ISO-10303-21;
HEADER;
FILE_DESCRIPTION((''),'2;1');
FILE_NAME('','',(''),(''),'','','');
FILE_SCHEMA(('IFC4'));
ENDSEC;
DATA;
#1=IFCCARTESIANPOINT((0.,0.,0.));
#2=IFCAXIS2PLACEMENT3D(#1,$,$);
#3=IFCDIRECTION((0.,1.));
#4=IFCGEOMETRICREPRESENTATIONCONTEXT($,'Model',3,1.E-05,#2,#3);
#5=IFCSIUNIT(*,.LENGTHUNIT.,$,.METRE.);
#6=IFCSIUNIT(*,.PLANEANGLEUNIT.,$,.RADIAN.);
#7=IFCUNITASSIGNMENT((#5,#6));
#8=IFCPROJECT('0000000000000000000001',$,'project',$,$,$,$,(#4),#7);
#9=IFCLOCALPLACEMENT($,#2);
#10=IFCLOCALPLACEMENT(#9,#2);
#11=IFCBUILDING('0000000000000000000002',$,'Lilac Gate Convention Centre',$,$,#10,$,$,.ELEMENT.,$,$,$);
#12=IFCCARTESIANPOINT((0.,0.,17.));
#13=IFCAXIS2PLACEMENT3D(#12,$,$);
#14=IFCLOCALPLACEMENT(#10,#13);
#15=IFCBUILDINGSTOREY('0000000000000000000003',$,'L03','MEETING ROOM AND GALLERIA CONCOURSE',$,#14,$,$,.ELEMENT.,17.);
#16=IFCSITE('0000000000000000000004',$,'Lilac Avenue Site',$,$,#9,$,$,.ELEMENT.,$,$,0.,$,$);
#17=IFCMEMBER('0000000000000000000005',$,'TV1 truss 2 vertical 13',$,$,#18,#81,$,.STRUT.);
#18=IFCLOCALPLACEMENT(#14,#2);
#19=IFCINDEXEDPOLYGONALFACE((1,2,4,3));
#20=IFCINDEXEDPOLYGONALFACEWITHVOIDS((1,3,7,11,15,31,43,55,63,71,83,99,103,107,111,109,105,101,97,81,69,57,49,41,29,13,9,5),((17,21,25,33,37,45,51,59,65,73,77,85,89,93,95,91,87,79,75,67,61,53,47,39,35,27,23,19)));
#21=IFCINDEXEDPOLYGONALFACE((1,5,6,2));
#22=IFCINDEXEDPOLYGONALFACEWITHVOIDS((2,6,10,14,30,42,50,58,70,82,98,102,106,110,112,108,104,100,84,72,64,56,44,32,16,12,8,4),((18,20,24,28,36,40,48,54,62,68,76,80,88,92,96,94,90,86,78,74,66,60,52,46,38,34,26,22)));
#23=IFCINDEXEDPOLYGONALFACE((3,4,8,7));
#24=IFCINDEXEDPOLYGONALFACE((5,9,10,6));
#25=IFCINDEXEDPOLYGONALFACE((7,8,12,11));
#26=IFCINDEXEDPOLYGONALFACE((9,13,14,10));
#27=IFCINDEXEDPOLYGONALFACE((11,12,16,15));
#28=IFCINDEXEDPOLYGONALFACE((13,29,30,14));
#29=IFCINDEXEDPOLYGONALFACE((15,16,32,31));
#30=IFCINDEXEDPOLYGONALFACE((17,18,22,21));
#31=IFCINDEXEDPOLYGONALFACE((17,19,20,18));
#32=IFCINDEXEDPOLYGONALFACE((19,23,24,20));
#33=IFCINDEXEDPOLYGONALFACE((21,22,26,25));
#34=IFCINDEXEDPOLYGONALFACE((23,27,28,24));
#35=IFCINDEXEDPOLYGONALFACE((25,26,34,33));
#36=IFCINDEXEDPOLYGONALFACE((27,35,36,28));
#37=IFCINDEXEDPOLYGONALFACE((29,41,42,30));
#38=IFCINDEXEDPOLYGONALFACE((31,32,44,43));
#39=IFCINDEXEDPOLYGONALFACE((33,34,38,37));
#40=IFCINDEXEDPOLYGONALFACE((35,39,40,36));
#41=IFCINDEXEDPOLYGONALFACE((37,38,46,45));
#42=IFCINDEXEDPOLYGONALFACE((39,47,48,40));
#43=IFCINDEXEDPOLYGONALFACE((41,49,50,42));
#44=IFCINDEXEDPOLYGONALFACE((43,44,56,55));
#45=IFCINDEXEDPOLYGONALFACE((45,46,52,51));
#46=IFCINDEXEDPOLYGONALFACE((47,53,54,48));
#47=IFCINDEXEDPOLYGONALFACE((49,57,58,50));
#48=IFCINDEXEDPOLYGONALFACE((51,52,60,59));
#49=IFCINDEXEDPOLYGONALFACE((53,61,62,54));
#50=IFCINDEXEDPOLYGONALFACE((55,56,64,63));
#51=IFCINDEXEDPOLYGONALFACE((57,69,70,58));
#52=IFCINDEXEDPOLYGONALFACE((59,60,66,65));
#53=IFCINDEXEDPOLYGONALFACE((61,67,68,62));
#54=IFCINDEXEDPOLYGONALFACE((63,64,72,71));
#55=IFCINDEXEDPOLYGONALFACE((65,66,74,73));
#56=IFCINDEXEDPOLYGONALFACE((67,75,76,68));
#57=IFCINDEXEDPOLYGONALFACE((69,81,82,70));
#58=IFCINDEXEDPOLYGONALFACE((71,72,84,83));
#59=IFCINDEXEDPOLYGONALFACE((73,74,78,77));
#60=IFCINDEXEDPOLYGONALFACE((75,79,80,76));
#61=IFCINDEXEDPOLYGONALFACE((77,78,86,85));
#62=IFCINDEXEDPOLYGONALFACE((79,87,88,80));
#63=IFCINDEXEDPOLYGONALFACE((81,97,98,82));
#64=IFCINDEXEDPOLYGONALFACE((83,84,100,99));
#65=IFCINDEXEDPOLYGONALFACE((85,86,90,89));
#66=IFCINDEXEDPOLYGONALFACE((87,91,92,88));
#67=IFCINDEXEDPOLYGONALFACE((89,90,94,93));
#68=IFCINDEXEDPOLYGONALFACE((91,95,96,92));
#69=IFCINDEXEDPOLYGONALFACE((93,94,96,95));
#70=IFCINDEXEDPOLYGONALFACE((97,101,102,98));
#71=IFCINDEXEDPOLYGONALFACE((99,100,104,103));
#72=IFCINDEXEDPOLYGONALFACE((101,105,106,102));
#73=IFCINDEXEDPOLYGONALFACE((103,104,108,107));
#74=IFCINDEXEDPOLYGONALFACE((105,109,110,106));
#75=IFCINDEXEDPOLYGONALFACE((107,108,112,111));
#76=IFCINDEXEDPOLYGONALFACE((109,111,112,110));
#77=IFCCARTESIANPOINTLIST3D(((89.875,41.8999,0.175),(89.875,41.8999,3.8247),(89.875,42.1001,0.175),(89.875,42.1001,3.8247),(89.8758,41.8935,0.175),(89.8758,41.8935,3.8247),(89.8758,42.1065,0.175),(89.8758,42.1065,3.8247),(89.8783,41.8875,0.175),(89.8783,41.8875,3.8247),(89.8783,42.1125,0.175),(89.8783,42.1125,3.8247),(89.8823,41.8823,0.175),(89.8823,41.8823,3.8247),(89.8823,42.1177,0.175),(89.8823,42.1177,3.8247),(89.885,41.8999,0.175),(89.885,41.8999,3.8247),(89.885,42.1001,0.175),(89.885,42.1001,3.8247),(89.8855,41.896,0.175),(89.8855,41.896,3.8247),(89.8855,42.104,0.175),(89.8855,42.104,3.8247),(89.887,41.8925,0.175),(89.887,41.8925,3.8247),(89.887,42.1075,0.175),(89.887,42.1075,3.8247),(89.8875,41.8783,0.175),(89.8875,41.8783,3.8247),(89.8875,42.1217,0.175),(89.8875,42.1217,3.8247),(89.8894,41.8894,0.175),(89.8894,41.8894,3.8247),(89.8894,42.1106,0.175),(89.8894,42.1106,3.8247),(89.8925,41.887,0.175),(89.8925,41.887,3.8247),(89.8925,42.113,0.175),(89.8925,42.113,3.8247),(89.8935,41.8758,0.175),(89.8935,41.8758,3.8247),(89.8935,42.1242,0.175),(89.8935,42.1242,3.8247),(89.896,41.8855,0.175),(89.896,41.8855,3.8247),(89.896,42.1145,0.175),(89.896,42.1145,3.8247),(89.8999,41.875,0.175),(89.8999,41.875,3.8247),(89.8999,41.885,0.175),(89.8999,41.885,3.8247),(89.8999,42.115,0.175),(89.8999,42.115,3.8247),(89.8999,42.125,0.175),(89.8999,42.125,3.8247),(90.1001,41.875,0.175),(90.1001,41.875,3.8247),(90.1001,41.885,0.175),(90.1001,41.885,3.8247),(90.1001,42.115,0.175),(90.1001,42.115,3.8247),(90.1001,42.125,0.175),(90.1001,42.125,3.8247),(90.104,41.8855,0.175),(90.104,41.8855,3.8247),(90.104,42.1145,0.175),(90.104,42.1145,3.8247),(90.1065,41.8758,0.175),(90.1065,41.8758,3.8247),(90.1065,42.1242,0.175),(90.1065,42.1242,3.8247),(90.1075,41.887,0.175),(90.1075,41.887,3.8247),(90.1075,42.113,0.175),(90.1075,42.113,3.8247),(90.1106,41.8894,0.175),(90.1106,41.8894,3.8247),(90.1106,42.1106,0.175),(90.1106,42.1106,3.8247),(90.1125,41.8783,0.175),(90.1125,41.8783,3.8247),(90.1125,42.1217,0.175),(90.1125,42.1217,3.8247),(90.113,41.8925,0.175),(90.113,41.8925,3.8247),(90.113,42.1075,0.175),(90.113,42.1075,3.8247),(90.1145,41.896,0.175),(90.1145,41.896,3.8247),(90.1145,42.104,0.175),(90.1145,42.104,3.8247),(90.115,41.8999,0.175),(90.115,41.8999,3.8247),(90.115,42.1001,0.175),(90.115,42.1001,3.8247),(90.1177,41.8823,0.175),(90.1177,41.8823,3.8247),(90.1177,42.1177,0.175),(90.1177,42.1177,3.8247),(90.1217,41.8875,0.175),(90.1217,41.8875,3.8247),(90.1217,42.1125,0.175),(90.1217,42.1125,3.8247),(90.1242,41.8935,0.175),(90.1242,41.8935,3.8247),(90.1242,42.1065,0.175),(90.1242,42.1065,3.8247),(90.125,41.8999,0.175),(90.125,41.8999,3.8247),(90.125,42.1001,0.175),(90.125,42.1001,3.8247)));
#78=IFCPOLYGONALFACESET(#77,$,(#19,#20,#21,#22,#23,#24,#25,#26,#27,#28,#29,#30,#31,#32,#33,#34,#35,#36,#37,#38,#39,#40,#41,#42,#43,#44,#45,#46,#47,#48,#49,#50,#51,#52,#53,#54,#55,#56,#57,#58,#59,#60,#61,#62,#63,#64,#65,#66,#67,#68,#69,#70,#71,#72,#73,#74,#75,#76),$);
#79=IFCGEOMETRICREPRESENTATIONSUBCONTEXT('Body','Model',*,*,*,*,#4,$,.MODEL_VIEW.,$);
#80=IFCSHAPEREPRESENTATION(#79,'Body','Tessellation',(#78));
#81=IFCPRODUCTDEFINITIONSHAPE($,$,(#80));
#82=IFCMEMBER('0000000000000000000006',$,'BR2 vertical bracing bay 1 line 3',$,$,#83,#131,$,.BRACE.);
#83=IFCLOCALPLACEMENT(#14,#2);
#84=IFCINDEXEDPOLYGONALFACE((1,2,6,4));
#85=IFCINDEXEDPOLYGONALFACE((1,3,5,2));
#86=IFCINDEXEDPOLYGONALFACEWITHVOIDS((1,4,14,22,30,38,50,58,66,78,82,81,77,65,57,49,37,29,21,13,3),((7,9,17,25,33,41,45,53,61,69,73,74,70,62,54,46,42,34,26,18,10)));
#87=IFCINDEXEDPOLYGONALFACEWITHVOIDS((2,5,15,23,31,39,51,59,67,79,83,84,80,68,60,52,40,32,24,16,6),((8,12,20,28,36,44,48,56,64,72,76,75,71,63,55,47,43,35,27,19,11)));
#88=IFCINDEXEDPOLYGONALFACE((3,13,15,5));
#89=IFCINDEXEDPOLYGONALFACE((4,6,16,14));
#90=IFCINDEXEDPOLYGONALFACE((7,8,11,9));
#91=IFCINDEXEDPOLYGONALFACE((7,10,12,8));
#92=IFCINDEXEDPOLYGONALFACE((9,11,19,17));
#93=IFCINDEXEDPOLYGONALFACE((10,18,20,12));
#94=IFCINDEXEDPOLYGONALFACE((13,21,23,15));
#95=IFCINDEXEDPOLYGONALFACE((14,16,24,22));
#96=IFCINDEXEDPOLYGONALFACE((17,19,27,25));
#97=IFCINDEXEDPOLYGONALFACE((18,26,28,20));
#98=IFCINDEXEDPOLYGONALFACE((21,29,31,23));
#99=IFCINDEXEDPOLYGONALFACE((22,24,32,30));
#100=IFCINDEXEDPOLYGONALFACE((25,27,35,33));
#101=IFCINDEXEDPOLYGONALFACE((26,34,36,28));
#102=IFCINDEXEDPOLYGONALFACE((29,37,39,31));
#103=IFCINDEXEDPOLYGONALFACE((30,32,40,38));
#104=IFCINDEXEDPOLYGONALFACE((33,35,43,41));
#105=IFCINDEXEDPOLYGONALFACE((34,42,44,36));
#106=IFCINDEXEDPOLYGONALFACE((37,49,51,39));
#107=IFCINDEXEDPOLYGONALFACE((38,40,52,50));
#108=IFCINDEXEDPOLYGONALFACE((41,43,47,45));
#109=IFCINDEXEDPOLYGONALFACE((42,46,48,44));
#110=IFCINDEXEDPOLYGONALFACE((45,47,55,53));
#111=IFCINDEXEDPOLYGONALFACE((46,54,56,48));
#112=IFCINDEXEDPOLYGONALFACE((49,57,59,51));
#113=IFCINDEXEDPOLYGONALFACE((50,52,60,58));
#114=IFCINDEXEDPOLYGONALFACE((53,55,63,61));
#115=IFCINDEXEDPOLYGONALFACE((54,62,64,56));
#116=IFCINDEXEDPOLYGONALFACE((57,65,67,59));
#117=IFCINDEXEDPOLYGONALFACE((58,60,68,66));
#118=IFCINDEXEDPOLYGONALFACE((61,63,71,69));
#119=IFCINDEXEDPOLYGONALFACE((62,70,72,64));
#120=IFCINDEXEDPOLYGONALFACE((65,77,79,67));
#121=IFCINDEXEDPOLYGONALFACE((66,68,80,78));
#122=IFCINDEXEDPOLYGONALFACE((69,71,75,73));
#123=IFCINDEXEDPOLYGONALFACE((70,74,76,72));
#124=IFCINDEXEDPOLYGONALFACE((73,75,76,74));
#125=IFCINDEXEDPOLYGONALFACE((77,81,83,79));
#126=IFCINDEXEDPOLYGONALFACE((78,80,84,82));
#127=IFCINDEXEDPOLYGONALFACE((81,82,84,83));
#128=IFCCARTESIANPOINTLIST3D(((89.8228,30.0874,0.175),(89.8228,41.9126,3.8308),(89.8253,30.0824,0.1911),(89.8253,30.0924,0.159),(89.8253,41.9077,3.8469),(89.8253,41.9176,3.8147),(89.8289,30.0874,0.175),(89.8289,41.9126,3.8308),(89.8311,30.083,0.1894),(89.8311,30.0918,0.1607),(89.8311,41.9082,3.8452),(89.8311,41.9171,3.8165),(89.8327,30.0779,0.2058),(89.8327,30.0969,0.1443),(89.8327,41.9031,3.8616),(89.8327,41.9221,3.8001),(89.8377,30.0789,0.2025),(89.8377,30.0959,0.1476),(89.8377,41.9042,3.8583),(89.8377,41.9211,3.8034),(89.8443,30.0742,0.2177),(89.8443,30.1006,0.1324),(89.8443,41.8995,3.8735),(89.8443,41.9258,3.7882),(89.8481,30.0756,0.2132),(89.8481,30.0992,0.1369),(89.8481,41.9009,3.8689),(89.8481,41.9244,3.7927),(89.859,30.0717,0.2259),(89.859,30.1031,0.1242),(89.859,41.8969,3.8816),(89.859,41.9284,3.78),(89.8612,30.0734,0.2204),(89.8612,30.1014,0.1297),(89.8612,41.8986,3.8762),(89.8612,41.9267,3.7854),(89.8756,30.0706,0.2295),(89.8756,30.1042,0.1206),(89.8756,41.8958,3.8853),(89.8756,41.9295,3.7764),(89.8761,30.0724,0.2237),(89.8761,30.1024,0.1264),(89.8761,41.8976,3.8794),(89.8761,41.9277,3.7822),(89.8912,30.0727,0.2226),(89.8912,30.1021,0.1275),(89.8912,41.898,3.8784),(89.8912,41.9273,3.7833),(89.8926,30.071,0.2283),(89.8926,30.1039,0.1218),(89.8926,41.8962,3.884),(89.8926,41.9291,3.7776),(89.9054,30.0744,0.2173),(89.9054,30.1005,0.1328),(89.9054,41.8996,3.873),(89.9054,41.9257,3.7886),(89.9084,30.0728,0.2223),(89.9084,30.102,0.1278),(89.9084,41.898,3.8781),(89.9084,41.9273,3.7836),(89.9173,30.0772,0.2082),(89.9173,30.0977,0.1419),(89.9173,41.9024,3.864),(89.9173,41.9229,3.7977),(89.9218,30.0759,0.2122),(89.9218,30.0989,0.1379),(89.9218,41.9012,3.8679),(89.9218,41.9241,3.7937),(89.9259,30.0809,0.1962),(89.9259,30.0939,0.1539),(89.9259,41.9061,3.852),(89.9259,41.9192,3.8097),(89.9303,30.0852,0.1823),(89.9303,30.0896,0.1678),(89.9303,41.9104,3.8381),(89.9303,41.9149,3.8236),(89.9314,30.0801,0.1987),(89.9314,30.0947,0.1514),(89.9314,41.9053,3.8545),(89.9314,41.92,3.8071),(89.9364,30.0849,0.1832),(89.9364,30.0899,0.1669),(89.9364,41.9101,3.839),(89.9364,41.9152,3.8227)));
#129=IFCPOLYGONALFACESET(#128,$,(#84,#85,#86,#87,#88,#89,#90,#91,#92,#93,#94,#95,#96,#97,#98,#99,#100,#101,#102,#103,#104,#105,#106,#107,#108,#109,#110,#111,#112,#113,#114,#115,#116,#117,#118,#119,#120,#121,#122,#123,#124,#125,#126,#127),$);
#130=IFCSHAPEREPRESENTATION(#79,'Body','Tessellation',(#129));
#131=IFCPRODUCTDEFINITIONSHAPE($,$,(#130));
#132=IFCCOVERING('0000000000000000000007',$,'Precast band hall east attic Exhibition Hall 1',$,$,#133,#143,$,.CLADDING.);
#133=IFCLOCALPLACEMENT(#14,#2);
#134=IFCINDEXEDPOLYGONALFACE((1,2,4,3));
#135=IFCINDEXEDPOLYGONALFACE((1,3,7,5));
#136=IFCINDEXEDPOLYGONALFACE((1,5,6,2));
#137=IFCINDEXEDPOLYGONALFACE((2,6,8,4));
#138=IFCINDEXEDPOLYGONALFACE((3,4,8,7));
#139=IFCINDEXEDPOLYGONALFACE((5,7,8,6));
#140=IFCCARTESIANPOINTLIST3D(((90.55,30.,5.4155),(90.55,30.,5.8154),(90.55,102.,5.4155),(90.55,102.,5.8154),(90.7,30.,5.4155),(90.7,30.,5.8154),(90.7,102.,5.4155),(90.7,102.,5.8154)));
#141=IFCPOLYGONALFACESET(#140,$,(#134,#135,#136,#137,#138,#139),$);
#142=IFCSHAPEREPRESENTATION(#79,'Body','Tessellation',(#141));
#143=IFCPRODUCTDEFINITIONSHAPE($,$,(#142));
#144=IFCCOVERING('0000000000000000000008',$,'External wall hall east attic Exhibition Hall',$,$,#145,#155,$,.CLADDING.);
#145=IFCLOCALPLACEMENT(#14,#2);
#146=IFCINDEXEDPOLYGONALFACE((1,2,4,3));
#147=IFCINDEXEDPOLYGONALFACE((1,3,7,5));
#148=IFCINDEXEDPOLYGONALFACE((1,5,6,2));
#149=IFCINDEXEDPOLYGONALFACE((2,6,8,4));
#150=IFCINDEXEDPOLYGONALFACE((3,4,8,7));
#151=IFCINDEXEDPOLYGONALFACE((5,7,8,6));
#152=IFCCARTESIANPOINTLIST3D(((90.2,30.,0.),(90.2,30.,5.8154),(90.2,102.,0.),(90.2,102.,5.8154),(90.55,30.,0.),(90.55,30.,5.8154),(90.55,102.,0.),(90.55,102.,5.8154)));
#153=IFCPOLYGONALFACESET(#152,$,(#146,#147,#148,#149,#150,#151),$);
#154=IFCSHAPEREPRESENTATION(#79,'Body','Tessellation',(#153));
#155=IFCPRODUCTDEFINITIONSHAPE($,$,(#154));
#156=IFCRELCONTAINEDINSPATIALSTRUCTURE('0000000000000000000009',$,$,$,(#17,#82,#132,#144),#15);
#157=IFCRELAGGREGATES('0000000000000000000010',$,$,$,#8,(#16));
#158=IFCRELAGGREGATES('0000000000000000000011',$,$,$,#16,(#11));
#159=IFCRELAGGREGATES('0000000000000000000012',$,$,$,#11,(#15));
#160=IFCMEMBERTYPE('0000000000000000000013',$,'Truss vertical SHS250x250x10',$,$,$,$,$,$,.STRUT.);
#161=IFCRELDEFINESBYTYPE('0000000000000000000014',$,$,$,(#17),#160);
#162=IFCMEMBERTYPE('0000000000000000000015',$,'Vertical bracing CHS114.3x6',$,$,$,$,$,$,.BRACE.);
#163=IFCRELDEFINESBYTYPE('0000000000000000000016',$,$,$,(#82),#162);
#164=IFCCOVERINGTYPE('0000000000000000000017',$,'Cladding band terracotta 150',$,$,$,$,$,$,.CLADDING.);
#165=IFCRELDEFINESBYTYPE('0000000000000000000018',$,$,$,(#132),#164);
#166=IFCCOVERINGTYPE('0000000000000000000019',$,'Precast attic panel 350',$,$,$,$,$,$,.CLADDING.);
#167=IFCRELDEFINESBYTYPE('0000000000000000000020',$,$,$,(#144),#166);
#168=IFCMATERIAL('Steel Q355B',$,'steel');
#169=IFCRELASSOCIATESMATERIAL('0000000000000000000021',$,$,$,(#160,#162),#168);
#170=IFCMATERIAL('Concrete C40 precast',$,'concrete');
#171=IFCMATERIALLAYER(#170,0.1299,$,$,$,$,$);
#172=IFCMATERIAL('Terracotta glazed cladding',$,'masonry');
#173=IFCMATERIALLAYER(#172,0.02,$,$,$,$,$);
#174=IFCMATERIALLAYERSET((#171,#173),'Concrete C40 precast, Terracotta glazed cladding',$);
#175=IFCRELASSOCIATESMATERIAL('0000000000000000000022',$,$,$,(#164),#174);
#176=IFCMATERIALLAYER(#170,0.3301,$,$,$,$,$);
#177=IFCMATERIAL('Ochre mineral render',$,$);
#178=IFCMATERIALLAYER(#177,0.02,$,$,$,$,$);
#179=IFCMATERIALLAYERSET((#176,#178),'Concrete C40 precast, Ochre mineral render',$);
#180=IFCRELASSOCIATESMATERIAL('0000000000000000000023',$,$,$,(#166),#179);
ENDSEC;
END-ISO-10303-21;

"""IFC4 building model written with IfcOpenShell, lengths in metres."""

from ifc_helpers import new_model, si_unit, direction, frame, frame_2d, origin, origin_2d, place, context, subcontext, project, spatial, rectangle, hollow_rectangle, hollow_circle, extrude, material, layer, layer_set, material_profile, profile_set, type_object, element, save


model = new_model("IFC4")

# Units and contexts
model_context = context("Model", 3, precision=1e-05, world=origin(), true_north=direction((0.0, 1.0)))
body_context = subcontext(model_context, "Body", "Model", "MODEL_VIEW")
ifc_project = project(units=[si_unit("LENGTHUNIT", "METRE"), si_unit("PLANEANGLEUNIT", "RADIAN")], contexts=[model_context])

# Site, building, storey
site_placement = place(None, origin())
site = spatial("IfcSite", under=ifc_project, at=site_placement, Name="Lilac Avenue Site", CompositionType="ELEMENT", RefElevation=0.0)
building_placement = place(site_placement, origin())
building = spatial("IfcBuilding", under=site, at=building_placement, Name="Lilac Gate Convention Centre", CompositionType="ELEMENT")
storey_placement = place(building_placement, frame((0.0, 0.0, 17.0)))
storey = spatial("IfcBuildingStorey", under=building, at=storey_placement, Name="L03", Description="MEETING ROOM AND GALLERIA CONCOURSE", CompositionType="ELEMENT", Elevation=17.0)

# Members
ifc_material_1 = material(Name="Steel Q355B", Category="steel")
ifc_material_profile_1 = material_profile(ifc_material_1, hollow_rectangle(XDim=0.25, YDim=0.25, WallThickness=0.01, InnerFilletRadius=0.0149, OuterFilletRadius=0.0249, at=origin_2d()), Name="SHS250x250x10")
ifc_profile_set_1 = profile_set([ifc_material_profile_1], Name="Steel Q355B")
member_type_1 = type_object("IfcMemberType", Name="Truss vertical SHS250x250x10", PredefinedType="STRUT", material=ifc_profile_set_1)
for number, where, z_axis, x_axis, name in (
    (1, (90.0, 42.0, 0.175), (0.0, 0.0, 1.0), (1.0, 0.0, 0.0), "TV1 truss 2 vertical 13"),
):
    element("IfcMember", number, at=place(storey_placement, frame(where, z_axis=z_axis, x_axis=x_axis)), inside=storey, type_object=member_type_1, Name=name, PredefinedType="STRUT", context=body_context, shape_type="SweptSolid", body=[
        extrude(hollow_rectangle(XDim=0.25, YDim=0.25, WallThickness=0.01, InnerFilletRadius=0.0149, OuterFilletRadius=0.0249, at=origin_2d()), origin(), (0.0, 0.0, 1.0), 3.6497),
    ])
ifc_material_profile_2 = material_profile(ifc_material_1, hollow_circle(Radius=0.0571, WallThickness=0.0061, at=origin_2d()), Name="CHS114.3x6")
ifc_profile_set_2 = profile_set([ifc_material_profile_2], Name="Steel Q355B")
member_type_2 = type_object("IfcMemberType", Name="Vertical bracing CHS114.3x6", PredefinedType="BRACE", material=ifc_profile_set_2)
member_1_placement = place(storey_placement, frame((89.8799, 30.0874, 0.175), z_axis=(0.0, 0.955387, 0.295358), x_axis=(-1.0, 0.0, 0.0)))
element("IfcMember", 2, at=member_1_placement, inside=storey, type_object=member_type_2, Name="BR2 vertical bracing bay 1 line 3", PredefinedType="BRACE", context=body_context, shape_type="SweptSolid", body=[
    extrude(hollow_circle(Radius=0.0571, WallThickness=0.0061, at=origin_2d()), origin(), (0.0, 0.0, 1.0), 12.3774),
])

# Coverings
ifc_material_2 = material(Name="Concrete C40 precast", Category="concrete")
ifc_layer_1 = layer(ifc_material_2, 0.1299)
ifc_material_3 = material(Name="Terracotta glazed cladding", Category="masonry")
ifc_layer_2 = layer(ifc_material_3, 0.02)
ifc_layer_set_1 = layer_set([ifc_layer_1, ifc_layer_2], Name="Concrete C40 precast, Terracotta glazed cladding")
covering_type_1 = type_object("IfcCoveringType", Name="Cladding band terracotta 150", PredefinedType="CLADDING", material=ifc_layer_set_1)
covering_1_placement = place(storey_placement, frame((90.625, 30.0, 5.4155), z_axis=(0.0, 0.0, 1.0), x_axis=(0.0, 1.0, 0.0)))
element("IfcCovering", 3, at=covering_1_placement, inside=storey, type_object=covering_type_1, Name="Precast band hall east attic Exhibition Hall 1", PredefinedType="CLADDING", context=body_context, shape_type="SweptSolid", body=[
    extrude(rectangle(XDim=72.0, YDim=0.1499, at=frame_2d((36.0, 0.0))), origin(), (0.0, 0.0, 1.0), 0.3999),
])
ifc_layer_3 = layer(ifc_material_2, 0.3301)
ifc_material_4 = material(Name="Ochre mineral render")
ifc_layer_4 = layer(ifc_material_4, 0.02)
ifc_layer_set_2 = layer_set([ifc_layer_3, ifc_layer_4], Name="Concrete C40 precast, Ochre mineral render")
covering_type_2 = type_object("IfcCoveringType", Name="Precast attic panel 350", PredefinedType="CLADDING", material=ifc_layer_set_2)
covering_2_placement = place(storey_placement, frame((90.375, 30.0, 0.0), z_axis=(0.0, 0.0, 1.0), x_axis=(0.0, 1.0, 0.0)))
element("IfcCovering", 4, at=covering_2_placement, inside=storey, type_object=covering_type_2, Name="External wall hall east attic Exhibition Hall", PredefinedType="CLADDING", context=body_context, shape_type="SweptSolid", body=[
    extrude(rectangle(XDim=72.0, YDim=0.3501, at=frame_2d((36.0, 0.0))), origin(), (0.0, 0.0, 1.0), 5.8154),
])

save(model, "model.ifc")
